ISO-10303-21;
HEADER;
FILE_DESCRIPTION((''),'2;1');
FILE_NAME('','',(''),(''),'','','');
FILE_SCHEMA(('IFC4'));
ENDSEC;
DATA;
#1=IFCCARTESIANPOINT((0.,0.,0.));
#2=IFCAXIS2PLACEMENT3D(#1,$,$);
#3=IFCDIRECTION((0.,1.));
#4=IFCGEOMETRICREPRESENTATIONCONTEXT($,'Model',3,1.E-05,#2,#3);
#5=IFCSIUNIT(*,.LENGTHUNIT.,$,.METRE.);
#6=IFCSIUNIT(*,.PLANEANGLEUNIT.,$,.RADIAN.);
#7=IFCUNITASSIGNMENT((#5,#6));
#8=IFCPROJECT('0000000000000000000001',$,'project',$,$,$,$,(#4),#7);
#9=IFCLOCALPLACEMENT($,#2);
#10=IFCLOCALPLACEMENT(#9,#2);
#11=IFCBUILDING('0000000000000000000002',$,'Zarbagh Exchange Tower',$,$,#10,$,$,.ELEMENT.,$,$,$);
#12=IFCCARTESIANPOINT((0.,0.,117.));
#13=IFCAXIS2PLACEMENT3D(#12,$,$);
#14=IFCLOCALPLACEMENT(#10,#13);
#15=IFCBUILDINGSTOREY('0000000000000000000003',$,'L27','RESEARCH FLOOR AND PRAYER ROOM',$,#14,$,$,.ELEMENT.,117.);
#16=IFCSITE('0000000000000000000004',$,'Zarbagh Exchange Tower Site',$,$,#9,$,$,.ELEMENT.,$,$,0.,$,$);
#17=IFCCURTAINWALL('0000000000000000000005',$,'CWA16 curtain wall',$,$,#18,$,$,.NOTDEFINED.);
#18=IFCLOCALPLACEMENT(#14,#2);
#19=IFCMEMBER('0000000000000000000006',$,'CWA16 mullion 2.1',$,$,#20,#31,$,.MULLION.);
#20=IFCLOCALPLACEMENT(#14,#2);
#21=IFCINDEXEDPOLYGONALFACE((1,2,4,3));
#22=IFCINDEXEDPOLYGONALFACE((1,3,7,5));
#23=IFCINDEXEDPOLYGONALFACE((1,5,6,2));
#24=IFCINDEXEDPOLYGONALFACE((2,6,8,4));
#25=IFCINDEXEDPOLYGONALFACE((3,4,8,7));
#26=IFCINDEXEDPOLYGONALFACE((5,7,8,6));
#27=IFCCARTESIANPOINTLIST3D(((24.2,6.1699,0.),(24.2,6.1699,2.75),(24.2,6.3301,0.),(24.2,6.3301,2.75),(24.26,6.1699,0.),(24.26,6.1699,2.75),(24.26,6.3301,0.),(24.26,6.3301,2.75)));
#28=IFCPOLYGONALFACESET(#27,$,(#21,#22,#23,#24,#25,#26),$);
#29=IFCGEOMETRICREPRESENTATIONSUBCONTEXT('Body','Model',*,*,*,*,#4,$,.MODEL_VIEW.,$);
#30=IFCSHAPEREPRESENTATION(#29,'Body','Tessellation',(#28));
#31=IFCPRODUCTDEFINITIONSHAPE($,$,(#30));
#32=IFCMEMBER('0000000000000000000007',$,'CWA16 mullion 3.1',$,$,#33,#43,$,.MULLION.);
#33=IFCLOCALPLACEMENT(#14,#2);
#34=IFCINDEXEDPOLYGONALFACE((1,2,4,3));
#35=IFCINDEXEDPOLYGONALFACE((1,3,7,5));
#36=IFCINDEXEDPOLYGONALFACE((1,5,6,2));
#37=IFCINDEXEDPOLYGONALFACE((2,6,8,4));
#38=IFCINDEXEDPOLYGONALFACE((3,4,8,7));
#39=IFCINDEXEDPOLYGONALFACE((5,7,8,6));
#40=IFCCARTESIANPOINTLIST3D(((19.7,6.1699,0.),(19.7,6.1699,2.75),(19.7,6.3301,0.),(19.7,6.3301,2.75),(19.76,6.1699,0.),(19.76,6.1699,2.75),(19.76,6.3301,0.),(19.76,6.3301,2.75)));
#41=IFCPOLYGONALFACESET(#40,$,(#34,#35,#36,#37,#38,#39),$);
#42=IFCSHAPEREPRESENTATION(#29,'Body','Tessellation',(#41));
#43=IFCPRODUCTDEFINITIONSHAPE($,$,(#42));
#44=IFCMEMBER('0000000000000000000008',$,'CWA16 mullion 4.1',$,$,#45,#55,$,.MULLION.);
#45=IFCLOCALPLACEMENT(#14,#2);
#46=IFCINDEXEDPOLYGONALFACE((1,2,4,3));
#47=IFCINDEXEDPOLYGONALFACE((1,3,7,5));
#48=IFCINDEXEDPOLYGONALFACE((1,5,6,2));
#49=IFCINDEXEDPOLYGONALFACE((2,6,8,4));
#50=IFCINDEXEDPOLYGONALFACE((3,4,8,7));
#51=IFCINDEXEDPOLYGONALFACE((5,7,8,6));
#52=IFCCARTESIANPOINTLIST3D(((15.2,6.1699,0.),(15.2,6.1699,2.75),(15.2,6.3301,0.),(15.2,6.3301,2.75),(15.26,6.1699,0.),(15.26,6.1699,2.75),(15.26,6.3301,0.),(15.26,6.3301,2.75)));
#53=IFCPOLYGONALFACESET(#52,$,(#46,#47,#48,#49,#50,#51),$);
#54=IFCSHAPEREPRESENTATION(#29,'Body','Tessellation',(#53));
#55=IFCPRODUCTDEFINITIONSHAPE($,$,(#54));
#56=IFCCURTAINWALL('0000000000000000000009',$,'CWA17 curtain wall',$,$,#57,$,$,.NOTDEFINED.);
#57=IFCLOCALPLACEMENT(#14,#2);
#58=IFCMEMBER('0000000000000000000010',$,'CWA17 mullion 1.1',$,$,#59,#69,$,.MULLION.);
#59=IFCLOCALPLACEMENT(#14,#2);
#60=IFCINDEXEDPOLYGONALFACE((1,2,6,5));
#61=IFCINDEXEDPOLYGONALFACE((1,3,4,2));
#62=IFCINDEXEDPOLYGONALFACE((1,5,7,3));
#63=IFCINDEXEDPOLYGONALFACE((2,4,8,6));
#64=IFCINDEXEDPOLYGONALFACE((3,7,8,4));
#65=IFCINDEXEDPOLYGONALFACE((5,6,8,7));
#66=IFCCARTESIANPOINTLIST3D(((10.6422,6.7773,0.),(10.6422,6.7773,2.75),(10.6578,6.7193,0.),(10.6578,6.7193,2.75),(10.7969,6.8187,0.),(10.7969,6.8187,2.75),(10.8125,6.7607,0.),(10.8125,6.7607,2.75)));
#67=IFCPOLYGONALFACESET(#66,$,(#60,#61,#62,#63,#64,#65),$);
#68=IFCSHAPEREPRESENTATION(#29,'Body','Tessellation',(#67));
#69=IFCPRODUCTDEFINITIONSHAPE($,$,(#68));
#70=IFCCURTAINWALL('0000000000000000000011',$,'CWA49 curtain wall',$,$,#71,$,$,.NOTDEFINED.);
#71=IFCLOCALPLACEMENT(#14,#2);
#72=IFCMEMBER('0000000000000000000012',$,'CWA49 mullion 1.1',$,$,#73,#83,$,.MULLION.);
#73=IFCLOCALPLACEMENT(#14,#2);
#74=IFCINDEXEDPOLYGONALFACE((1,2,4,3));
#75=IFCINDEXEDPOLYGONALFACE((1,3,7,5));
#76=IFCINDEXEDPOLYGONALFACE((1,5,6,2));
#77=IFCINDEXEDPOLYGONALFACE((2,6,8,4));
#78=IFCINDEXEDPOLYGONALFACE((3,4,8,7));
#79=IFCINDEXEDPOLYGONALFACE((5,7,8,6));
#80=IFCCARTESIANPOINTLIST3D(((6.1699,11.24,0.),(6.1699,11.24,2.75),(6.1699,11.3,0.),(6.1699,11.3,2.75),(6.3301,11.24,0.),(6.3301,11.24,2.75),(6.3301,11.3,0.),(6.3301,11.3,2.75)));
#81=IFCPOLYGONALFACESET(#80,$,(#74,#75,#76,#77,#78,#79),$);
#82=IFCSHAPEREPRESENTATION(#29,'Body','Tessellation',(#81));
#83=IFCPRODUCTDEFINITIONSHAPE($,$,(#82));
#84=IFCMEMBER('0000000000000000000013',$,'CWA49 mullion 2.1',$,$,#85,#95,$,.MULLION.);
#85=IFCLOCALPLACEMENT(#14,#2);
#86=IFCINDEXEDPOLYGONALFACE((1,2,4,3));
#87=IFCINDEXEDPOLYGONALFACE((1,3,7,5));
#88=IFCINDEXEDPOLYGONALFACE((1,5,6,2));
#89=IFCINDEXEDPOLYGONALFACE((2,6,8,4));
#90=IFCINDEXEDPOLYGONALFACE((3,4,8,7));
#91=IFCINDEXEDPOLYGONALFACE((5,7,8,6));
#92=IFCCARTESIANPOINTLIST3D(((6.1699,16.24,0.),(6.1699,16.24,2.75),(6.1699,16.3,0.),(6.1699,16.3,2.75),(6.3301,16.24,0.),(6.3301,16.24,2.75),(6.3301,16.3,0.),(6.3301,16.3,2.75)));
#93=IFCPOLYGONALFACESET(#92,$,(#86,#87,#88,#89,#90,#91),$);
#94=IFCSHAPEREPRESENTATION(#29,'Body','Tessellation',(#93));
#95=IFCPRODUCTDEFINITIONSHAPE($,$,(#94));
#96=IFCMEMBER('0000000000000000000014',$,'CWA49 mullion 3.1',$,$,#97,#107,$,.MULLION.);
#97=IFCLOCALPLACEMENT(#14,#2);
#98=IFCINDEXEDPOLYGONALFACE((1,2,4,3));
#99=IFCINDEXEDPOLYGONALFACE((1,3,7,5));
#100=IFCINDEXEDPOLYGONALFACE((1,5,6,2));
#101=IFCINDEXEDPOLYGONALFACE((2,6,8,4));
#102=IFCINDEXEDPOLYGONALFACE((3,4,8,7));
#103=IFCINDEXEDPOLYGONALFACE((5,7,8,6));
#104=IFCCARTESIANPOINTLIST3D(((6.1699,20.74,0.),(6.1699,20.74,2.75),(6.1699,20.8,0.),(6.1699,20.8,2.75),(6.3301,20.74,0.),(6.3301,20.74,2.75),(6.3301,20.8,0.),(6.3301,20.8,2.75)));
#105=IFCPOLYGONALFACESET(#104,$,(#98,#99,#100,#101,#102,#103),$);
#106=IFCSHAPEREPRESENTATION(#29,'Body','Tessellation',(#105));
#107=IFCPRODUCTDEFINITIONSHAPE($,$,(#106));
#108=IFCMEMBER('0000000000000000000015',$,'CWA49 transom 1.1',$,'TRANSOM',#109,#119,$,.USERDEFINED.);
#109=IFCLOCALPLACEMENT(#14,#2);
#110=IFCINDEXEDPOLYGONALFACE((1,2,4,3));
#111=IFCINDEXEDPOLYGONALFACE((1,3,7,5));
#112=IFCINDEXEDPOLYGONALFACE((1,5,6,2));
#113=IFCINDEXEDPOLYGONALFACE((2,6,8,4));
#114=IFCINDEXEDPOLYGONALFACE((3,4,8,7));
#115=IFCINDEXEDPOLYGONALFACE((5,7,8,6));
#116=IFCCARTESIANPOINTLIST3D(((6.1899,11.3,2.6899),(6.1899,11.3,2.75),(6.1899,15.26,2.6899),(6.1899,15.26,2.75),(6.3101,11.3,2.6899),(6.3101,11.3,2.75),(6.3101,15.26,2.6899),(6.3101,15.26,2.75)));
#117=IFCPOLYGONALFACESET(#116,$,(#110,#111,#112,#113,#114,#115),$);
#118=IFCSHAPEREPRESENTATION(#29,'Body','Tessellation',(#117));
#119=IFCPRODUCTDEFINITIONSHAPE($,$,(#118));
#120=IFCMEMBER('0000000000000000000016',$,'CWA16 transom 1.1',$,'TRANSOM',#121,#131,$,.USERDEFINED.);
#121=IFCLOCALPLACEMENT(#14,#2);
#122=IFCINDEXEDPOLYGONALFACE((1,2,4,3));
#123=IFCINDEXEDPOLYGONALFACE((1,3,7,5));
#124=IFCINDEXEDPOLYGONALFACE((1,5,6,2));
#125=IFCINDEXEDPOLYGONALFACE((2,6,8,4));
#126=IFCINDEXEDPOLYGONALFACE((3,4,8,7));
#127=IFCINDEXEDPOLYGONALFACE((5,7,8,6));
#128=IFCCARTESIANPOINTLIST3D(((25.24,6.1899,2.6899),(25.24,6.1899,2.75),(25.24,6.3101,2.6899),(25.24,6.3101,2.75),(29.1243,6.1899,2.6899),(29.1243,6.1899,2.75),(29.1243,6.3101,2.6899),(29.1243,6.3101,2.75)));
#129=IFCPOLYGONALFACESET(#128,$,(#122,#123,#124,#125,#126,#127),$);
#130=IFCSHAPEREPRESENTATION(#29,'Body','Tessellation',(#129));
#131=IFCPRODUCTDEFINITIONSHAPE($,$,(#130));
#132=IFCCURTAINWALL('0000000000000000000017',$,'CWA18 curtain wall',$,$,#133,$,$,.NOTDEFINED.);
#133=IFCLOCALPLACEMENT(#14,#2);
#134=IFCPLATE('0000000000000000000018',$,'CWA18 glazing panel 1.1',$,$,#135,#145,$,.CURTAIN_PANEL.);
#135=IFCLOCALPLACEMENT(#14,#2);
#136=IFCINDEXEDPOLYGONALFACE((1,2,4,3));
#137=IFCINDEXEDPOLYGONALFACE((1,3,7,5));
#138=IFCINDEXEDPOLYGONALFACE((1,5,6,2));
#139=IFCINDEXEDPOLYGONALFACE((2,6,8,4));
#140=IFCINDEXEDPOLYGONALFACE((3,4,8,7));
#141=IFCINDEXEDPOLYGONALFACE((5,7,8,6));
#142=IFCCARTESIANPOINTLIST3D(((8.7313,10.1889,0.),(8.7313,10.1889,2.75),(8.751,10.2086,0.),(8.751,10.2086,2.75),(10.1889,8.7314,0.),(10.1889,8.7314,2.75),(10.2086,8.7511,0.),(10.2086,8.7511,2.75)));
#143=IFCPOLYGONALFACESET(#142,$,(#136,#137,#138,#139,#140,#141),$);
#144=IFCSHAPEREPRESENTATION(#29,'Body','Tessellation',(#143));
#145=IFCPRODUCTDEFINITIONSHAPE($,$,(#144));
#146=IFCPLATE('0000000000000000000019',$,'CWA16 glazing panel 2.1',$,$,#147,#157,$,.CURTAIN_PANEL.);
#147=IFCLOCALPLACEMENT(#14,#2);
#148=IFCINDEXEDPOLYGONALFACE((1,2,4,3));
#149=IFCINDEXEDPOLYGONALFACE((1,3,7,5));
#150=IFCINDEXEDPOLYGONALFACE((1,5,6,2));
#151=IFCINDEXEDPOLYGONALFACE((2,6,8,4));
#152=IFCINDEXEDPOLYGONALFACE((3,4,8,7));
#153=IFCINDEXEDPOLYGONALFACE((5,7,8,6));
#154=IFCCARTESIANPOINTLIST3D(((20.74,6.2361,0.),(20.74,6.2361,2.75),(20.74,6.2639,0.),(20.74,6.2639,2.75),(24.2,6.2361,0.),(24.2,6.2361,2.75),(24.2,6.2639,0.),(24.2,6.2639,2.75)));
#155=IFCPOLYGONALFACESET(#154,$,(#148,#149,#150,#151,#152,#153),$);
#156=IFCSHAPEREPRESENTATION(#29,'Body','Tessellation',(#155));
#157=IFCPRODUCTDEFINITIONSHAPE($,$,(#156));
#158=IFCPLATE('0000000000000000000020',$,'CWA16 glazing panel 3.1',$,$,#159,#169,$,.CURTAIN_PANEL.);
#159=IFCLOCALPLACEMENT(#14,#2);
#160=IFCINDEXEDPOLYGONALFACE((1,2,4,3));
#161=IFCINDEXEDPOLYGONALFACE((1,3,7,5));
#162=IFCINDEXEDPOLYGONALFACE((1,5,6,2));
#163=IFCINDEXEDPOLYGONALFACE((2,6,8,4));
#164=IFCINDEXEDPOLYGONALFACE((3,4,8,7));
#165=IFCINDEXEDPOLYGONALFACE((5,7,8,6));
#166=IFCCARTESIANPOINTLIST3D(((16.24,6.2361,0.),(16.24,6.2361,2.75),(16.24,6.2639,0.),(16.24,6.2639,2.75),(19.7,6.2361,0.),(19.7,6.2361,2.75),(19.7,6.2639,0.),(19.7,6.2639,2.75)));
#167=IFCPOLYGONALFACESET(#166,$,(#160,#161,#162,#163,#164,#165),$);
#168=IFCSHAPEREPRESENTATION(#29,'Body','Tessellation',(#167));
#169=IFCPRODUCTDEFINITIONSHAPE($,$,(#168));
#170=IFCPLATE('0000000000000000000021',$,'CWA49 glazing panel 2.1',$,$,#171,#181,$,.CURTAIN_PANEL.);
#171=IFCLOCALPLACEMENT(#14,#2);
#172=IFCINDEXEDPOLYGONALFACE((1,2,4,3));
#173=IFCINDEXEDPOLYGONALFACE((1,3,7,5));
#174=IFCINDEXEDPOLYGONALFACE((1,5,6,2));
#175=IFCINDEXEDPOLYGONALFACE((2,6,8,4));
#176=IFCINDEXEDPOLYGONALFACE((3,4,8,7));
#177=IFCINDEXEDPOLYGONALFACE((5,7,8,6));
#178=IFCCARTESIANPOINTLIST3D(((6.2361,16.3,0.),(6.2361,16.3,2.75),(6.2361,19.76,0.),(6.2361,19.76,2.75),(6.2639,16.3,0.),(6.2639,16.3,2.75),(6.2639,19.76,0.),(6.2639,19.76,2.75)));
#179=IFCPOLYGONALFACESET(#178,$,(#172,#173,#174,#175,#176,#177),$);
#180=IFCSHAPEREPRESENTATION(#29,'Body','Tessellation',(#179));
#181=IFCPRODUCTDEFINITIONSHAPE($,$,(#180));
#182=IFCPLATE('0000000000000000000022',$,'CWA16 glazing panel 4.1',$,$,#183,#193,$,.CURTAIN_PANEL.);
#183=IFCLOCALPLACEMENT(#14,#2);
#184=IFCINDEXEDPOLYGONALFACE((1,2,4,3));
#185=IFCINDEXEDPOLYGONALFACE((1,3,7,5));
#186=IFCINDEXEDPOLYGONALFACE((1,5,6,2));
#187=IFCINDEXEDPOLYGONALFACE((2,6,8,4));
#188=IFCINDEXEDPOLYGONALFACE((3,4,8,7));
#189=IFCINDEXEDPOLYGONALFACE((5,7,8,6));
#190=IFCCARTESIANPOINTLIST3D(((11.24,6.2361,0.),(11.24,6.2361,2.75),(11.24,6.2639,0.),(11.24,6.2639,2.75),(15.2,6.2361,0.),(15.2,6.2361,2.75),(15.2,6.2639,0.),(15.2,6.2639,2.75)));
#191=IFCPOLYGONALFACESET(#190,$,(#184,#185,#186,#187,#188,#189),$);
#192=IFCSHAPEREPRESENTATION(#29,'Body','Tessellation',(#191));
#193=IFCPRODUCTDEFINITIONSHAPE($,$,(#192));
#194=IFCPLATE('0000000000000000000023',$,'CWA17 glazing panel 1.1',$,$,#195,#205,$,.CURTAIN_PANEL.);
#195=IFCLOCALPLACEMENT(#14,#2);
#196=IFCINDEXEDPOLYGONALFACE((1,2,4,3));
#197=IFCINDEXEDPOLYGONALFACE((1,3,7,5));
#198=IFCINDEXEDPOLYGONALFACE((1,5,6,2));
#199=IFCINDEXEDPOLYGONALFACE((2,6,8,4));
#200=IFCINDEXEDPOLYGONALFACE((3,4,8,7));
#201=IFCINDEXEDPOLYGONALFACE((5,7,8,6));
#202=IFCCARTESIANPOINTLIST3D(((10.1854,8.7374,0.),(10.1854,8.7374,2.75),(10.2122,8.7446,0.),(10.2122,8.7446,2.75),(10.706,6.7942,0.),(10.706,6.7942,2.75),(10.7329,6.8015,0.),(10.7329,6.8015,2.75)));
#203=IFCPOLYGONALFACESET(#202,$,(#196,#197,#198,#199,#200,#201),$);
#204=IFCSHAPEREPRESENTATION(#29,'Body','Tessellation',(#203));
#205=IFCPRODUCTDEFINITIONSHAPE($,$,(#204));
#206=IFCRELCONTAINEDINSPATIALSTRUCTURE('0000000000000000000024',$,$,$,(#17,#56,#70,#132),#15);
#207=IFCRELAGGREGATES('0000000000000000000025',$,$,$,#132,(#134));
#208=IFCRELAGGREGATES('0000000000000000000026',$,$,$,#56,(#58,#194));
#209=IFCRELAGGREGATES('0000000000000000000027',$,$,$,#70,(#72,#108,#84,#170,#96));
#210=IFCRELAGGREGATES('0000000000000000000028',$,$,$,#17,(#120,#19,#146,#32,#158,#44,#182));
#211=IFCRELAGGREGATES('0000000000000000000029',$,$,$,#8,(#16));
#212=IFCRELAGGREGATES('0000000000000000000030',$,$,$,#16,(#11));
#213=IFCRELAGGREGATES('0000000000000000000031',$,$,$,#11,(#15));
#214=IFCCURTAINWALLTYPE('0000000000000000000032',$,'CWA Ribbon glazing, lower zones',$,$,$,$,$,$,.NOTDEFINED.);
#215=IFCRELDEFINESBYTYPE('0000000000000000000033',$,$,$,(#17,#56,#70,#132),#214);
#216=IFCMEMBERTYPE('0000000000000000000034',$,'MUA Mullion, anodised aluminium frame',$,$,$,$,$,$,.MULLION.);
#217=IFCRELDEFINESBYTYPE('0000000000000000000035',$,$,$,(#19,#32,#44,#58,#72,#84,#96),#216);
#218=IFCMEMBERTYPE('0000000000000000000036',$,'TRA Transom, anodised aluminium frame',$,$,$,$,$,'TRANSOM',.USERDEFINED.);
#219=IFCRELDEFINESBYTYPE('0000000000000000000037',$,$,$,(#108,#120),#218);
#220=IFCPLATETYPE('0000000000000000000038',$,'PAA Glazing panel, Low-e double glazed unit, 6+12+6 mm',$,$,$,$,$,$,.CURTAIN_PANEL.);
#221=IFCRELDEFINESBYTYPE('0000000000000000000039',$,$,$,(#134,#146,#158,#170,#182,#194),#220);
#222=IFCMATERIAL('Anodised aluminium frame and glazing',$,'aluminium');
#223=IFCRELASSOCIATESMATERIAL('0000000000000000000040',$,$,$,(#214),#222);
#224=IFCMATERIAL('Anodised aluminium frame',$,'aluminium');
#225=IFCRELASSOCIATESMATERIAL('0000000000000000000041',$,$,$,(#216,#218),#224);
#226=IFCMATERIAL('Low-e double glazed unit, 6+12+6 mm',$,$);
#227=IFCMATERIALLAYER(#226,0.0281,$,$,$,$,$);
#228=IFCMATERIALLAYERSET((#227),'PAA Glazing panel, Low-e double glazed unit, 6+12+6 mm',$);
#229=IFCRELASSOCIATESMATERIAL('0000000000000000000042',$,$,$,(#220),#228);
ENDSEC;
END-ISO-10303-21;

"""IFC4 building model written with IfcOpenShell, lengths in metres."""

from ifc_helpers import new_model, si_unit, direction, frame, origin, place, context, subcontext, project, spatial, polyline, outline, extrude, source, transform, mapped, material, layer, layer_set, type_object, element, aggregate, save


model = new_model("IFC4")

# Units and contexts
model_context = context("Model", 3, precision=1e-05, world=origin(), true_north=direction((0.0, 1.0)))
body_context = subcontext(model_context, "Body", "Model", "MODEL_VIEW")
ifc_project = project(units=[si_unit("LENGTHUNIT", "METRE"), si_unit("PLANEANGLEUNIT", "RADIAN")], contexts=[model_context])

# Site, building, storey
site_placement = place(None, origin())
site = spatial("IfcSite", under=ifc_project, at=site_placement, Name="Zarbagh Exchange Tower Site", CompositionType="ELEMENT", RefElevation=0.0)
building_placement = place(site_placement, origin())
building = spatial("IfcBuilding", under=site, at=building_placement, Name="Zarbagh Exchange Tower", CompositionType="ELEMENT")
storey_placement = place(building_placement, frame((0.0, 0.0, 117.0)))
storey = spatial("IfcBuildingStorey", under=building, at=storey_placement, Name="L27", Description="RESEARCH FLOOR AND PRAYER ROOM", CompositionType="ELEMENT", Elevation=117.0)

# Curtain wall, members
ifc_material_1 = material(Name="Anodised aluminium frame and glazing", Category="aluminium")
curtain_wall_type = type_object("IfcCurtainWallType", Name="CWA Ribbon glazing, lower zones", PredefinedType="NOTDEFINED", material=ifc_material_1)
curtain_wall_1_placement = place(storey_placement, origin())
curtain_wall_1 = element("IfcCurtainWall", 1, at=curtain_wall_1_placement, inside=storey, type_object=curtain_wall_type, Name="CWA16 curtain wall", PredefinedType="NOTDEFINED")
ifc_material_2 = material(Name="Anodised aluminium frame", Category="aluminium")
member_type_1 = type_object("IfcMemberType", Name="MUA Mullion, anodised aluminium frame", PredefinedType="MULLION", material=ifc_material_2)
shared_shape_1 = source(origin(), body_context, "Body", "SweptSolid", [
    extrude(outline(polyline([(0.0, -0.0801), (0.0601, -0.0801), (0.0601, 0.0801), (0.0, 0.0801), (0.0, -0.0801)])), origin(), (0.0, 0.0, 1.0), 2.75),
])
placement = place(storey_placement, origin())
member_1 = element("IfcMember", 2, at=placement, type_object=member_type_1, Name="CWA16 mullion 2.1", PredefinedType="MULLION", context=body_context, shape_type="MappedRepresentation", body=[
    mapped(shared_shape_1, transform((24.26, 6.25, 0.0), x_axis=(-1.0, 0.0, 0.0), y_axis=(0.0, -1.0, 0.0), z_axis=(0.0, 0.0, 1.0))),
])
member_2 = element("IfcMember", 3, at=placement, type_object=member_type_1, Name="CWA16 mullion 3.1", PredefinedType="MULLION", context=body_context, shape_type="MappedRepresentation", body=[
    mapped(shared_shape_1, transform((19.76, 6.25, 0.0), x_axis=(-1.0, 0.0, 0.0), y_axis=(0.0, -1.0, 0.0), z_axis=(0.0, 0.0, 1.0))),
])
member_3 = element("IfcMember", 4, at=placement, type_object=member_type_1, Name="CWA16 mullion 4.1", PredefinedType="MULLION", context=body_context, shape_type="MappedRepresentation", body=[
    mapped(shared_shape_1, transform((15.26, 6.25, 0.0), x_axis=(-1.0, 0.0, 0.0), y_axis=(0.0, -1.0, 0.0), z_axis=(0.0, 0.0, 1.0))),
])

# Curtain wall, member
curtain_wall_2_placement = place(storey_placement, origin())
curtain_wall_2 = element("IfcCurtainWall", 5, at=curtain_wall_2_placement, inside=storey, type_object=curtain_wall_type, Name="CWA17 curtain wall", PredefinedType="NOTDEFINED")
member_4 = element("IfcMember", 6, at=placement, type_object=member_type_1, Name="CWA17 mullion 1.1", PredefinedType="MULLION", context=body_context, shape_type="MappedRepresentation", body=[
    mapped(shared_shape_1, transform((10.7351, 6.74, 0.0), x_axis=(-0.258825, 0.965924, 0.0), y_axis=(-0.965924, -0.258825, 0.0), z_axis=(0.0, 0.0, 1.0))),
])

# Curtain wall, members
curtain_wall_3_placement = place(storey_placement, origin())
curtain_wall_3 = element("IfcCurtainWall", 7, at=curtain_wall_3_placement, inside=storey, type_object=curtain_wall_type, Name="CWA49 curtain wall", PredefinedType="NOTDEFINED")
member_5 = element("IfcMember", 8, at=placement, type_object=member_type_1, Name="CWA49 mullion 1.1", PredefinedType="MULLION", context=body_context, shape_type="MappedRepresentation", body=[
    mapped(shared_shape_1, transform((6.25, 11.24, 0.0), x_axis=(0.0, 1.0, 0.0), y_axis=(-1.0, 0.0, 0.0), z_axis=(0.0, 0.0, 1.0))),
])
member_6 = element("IfcMember", 9, at=placement, type_object=member_type_1, Name="CWA49 mullion 2.1", PredefinedType="MULLION", context=body_context, shape_type="MappedRepresentation", body=[
    mapped(shared_shape_1, transform((6.25, 16.24, 0.0), x_axis=(0.0, 1.0, 0.0), y_axis=(-1.0, 0.0, 0.0), z_axis=(0.0, 0.0, 1.0))),
])
member_7 = element("IfcMember", 10, at=placement, type_object=member_type_1, Name="CWA49 mullion 3.1", PredefinedType="MULLION", context=body_context, shape_type="MappedRepresentation", body=[
    mapped(shared_shape_1, transform((6.25, 20.74, 0.0), x_axis=(0.0, 1.0, 0.0), y_axis=(-1.0, 0.0, 0.0), z_axis=(0.0, 0.0, 1.0))),
])
member_type_2 = type_object("IfcMemberType", Name="TRA Transom, anodised aluminium frame", ElementType="TRANSOM", PredefinedType="USERDEFINED", material=ifc_material_2)
shared_shape_2 = source(origin(), body_context, "Body", "SweptSolid", [
    extrude(outline(polyline([(-0.0601, -0.0601), (0.0, -0.0601), (0.0, 0.0601), (-0.0601, 0.0601), (-0.0601, -0.0601)])), origin(), (0.0, 0.0, 1.0), 3.96),
])
member_8 = element("IfcMember", 11, at=placement, type_object=member_type_2, Name="CWA49 transom 1.1", ObjectType="TRANSOM", PredefinedType="USERDEFINED", context=body_context, shape_type="MappedRepresentation", body=[
    mapped(shared_shape_2, transform((6.25, 11.3, 2.75), x_axis=(0.0, 0.0, 1.0), y_axis=(1.0, 0.0, 0.0), z_axis=(0.0, 1.0, 0.0))),
])

# Member
shared_shape_3 = source(origin(), body_context, "Body", "SweptSolid", [
    extrude(outline(polyline([(-0.0601, -0.0601), (0.0, -0.0601), (0.0, 0.0601), (-0.0601, 0.0601), (-0.0601, -0.0601)])), origin(), (0.0, 0.0, 1.0), 3.8843),
])
member_9 = element("IfcMember", 12, at=placement, type_object=member_type_2, Name="CWA16 transom 1.1", ObjectType="TRANSOM", PredefinedType="USERDEFINED", context=body_context, shape_type="MappedRepresentation", body=[
    mapped(shared_shape_3, transform((29.1243, 6.25, 2.75), x_axis=(0.0, 0.0, 1.0), y_axis=(0.0, 1.0, 0.0), z_axis=(-1.0, 0.0, 0.0))),
])

# Curtain wall, plate
curtain_wall_4_placement = place(storey_placement, origin())
curtain_wall_4 = element("IfcCurtainWall", 13, at=curtain_wall_4_placement, inside=storey, type_object=curtain_wall_type, Name="CWA18 curtain wall", PredefinedType="NOTDEFINED")
ifc_material_3 = material(Name="Low-e double glazed unit, 6+12+6 mm")
ifc_layer_1 = layer(ifc_material_3, 0.0281)
ifc_layer_set_1 = layer_set([ifc_layer_1], Name="PAA Glazing panel, Low-e double glazed unit, 6+12+6 mm")
plate_type = type_object("IfcPlateType", Name="PAA Glazing panel, Low-e double glazed unit, 6+12+6 mm", PredefinedType="CURTAIN_PANEL", material=ifc_layer_set_1)
shared_shape_4 = source(origin(), body_context, "Body", "SweptSolid", [
    extrude(outline(polyline([(0.0, -0.0139), (2.0613, -0.0139), (2.0613, 0.0139), (0.0, 0.0139), (0.0, -0.0139)])), origin(), (0.0, 0.0, 1.0), 2.75),
])
plate_1 = element("IfcPlate", 14, at=placement, type_object=plate_type, Name="CWA18 glazing panel 1.1", PredefinedType="CURTAIN_PANEL", context=body_context, shape_type="MappedRepresentation", body=[
    mapped(shared_shape_4, transform((10.1987, 8.7412, 0.0), x_axis=(-0.707107, 0.707107, 0.0), y_axis=(-0.707107, -0.707107, 0.0), z_axis=(0.0, 0.0, 1.0))),
])
aggregate(curtain_wall_4, [plate_1])

# Plates
shared_shape_5 = source(origin(), body_context, "Body", "SweptSolid", [
    extrude(outline(polyline([(0.0, -0.0139), (3.46, -0.0139), (3.46, 0.0139), (0.0, 0.0139), (0.0, -0.0139)])), origin(), (0.0, 0.0, 1.0), 2.75),
])
plate_2 = element("IfcPlate", 15, at=placement, type_object=plate_type, Name="CWA16 glazing panel 2.1", PredefinedType="CURTAIN_PANEL", context=body_context, shape_type="MappedRepresentation", body=[
    mapped(shared_shape_5, transform((24.2, 6.25, 0.0), x_axis=(-1.0, 0.0, 0.0), y_axis=(0.0, -1.0, 0.0), z_axis=(0.0, 0.0, 1.0))),
])
plate_3 = element("IfcPlate", 16, at=placement, type_object=plate_type, Name="CWA16 glazing panel 3.1", PredefinedType="CURTAIN_PANEL", context=body_context, shape_type="MappedRepresentation", body=[
    mapped(shared_shape_5, transform((19.7, 6.25, 0.0), x_axis=(-1.0, 0.0, 0.0), y_axis=(0.0, -1.0, 0.0), z_axis=(0.0, 0.0, 1.0))),
])
plate_4 = element("IfcPlate", 17, at=placement, type_object=plate_type, Name="CWA49 glazing panel 2.1", PredefinedType="CURTAIN_PANEL", context=body_context, shape_type="MappedRepresentation", body=[
    mapped(shared_shape_5, transform((6.25, 16.3, 0.0), x_axis=(0.0, 1.0, 0.0), y_axis=(-1.0, 0.0, 0.0), z_axis=(0.0, 0.0, 1.0))),
])
shared_shape_6 = source(origin(), body_context, "Body", "SweptSolid", [
    extrude(outline(polyline([(0.0, -0.0139), (3.96, -0.0139), (3.96, 0.0139), (0.0, 0.0139), (0.0, -0.0139)])), origin(), (0.0, 0.0, 1.0), 2.75),
])
plate_5 = element("IfcPlate", 18, at=placement, type_object=plate_type, Name="CWA16 glazing panel 4.1", PredefinedType="CURTAIN_PANEL", context=body_context, shape_type="MappedRepresentation", body=[
    mapped(shared_shape_6, transform((15.2, 6.25, 0.0), x_axis=(-1.0, 0.0, 0.0), y_axis=(0.0, -1.0, 0.0), z_axis=(0.0, 0.0, 1.0))),
])
shared_shape_7 = source(origin(), body_context, "Body", "SweptSolid", [
    extrude(outline(polyline([(0.0, -0.0139), (2.0117, -0.0139), (2.0117, 0.0139), (0.0, 0.0139), (0.0, -0.0139)])), origin(), (0.0, 0.0, 1.0), 2.75),
])
plate_6 = element("IfcPlate", 19, at=placement, type_object=plate_type, Name="CWA17 glazing panel 1.1", PredefinedType="CURTAIN_PANEL", context=body_context, shape_type="MappedRepresentation", body=[
    mapped(shared_shape_7, transform((10.7195, 6.7979, 0.0), x_axis=(-0.258825, 0.965924, 0.0), y_axis=(-0.965924, -0.258825, 0.0), z_axis=(0.0, 0.0, 1.0))),
])
aggregate(curtain_wall_2, [member_4, plate_6])

aggregate(curtain_wall_3, [member_5, member_8, member_6, plate_4, member_7])
aggregate(curtain_wall_1, [member_9, member_1, plate_2, member_2, plate_3, member_3, plate_5])

save(model, "model.ifc")
